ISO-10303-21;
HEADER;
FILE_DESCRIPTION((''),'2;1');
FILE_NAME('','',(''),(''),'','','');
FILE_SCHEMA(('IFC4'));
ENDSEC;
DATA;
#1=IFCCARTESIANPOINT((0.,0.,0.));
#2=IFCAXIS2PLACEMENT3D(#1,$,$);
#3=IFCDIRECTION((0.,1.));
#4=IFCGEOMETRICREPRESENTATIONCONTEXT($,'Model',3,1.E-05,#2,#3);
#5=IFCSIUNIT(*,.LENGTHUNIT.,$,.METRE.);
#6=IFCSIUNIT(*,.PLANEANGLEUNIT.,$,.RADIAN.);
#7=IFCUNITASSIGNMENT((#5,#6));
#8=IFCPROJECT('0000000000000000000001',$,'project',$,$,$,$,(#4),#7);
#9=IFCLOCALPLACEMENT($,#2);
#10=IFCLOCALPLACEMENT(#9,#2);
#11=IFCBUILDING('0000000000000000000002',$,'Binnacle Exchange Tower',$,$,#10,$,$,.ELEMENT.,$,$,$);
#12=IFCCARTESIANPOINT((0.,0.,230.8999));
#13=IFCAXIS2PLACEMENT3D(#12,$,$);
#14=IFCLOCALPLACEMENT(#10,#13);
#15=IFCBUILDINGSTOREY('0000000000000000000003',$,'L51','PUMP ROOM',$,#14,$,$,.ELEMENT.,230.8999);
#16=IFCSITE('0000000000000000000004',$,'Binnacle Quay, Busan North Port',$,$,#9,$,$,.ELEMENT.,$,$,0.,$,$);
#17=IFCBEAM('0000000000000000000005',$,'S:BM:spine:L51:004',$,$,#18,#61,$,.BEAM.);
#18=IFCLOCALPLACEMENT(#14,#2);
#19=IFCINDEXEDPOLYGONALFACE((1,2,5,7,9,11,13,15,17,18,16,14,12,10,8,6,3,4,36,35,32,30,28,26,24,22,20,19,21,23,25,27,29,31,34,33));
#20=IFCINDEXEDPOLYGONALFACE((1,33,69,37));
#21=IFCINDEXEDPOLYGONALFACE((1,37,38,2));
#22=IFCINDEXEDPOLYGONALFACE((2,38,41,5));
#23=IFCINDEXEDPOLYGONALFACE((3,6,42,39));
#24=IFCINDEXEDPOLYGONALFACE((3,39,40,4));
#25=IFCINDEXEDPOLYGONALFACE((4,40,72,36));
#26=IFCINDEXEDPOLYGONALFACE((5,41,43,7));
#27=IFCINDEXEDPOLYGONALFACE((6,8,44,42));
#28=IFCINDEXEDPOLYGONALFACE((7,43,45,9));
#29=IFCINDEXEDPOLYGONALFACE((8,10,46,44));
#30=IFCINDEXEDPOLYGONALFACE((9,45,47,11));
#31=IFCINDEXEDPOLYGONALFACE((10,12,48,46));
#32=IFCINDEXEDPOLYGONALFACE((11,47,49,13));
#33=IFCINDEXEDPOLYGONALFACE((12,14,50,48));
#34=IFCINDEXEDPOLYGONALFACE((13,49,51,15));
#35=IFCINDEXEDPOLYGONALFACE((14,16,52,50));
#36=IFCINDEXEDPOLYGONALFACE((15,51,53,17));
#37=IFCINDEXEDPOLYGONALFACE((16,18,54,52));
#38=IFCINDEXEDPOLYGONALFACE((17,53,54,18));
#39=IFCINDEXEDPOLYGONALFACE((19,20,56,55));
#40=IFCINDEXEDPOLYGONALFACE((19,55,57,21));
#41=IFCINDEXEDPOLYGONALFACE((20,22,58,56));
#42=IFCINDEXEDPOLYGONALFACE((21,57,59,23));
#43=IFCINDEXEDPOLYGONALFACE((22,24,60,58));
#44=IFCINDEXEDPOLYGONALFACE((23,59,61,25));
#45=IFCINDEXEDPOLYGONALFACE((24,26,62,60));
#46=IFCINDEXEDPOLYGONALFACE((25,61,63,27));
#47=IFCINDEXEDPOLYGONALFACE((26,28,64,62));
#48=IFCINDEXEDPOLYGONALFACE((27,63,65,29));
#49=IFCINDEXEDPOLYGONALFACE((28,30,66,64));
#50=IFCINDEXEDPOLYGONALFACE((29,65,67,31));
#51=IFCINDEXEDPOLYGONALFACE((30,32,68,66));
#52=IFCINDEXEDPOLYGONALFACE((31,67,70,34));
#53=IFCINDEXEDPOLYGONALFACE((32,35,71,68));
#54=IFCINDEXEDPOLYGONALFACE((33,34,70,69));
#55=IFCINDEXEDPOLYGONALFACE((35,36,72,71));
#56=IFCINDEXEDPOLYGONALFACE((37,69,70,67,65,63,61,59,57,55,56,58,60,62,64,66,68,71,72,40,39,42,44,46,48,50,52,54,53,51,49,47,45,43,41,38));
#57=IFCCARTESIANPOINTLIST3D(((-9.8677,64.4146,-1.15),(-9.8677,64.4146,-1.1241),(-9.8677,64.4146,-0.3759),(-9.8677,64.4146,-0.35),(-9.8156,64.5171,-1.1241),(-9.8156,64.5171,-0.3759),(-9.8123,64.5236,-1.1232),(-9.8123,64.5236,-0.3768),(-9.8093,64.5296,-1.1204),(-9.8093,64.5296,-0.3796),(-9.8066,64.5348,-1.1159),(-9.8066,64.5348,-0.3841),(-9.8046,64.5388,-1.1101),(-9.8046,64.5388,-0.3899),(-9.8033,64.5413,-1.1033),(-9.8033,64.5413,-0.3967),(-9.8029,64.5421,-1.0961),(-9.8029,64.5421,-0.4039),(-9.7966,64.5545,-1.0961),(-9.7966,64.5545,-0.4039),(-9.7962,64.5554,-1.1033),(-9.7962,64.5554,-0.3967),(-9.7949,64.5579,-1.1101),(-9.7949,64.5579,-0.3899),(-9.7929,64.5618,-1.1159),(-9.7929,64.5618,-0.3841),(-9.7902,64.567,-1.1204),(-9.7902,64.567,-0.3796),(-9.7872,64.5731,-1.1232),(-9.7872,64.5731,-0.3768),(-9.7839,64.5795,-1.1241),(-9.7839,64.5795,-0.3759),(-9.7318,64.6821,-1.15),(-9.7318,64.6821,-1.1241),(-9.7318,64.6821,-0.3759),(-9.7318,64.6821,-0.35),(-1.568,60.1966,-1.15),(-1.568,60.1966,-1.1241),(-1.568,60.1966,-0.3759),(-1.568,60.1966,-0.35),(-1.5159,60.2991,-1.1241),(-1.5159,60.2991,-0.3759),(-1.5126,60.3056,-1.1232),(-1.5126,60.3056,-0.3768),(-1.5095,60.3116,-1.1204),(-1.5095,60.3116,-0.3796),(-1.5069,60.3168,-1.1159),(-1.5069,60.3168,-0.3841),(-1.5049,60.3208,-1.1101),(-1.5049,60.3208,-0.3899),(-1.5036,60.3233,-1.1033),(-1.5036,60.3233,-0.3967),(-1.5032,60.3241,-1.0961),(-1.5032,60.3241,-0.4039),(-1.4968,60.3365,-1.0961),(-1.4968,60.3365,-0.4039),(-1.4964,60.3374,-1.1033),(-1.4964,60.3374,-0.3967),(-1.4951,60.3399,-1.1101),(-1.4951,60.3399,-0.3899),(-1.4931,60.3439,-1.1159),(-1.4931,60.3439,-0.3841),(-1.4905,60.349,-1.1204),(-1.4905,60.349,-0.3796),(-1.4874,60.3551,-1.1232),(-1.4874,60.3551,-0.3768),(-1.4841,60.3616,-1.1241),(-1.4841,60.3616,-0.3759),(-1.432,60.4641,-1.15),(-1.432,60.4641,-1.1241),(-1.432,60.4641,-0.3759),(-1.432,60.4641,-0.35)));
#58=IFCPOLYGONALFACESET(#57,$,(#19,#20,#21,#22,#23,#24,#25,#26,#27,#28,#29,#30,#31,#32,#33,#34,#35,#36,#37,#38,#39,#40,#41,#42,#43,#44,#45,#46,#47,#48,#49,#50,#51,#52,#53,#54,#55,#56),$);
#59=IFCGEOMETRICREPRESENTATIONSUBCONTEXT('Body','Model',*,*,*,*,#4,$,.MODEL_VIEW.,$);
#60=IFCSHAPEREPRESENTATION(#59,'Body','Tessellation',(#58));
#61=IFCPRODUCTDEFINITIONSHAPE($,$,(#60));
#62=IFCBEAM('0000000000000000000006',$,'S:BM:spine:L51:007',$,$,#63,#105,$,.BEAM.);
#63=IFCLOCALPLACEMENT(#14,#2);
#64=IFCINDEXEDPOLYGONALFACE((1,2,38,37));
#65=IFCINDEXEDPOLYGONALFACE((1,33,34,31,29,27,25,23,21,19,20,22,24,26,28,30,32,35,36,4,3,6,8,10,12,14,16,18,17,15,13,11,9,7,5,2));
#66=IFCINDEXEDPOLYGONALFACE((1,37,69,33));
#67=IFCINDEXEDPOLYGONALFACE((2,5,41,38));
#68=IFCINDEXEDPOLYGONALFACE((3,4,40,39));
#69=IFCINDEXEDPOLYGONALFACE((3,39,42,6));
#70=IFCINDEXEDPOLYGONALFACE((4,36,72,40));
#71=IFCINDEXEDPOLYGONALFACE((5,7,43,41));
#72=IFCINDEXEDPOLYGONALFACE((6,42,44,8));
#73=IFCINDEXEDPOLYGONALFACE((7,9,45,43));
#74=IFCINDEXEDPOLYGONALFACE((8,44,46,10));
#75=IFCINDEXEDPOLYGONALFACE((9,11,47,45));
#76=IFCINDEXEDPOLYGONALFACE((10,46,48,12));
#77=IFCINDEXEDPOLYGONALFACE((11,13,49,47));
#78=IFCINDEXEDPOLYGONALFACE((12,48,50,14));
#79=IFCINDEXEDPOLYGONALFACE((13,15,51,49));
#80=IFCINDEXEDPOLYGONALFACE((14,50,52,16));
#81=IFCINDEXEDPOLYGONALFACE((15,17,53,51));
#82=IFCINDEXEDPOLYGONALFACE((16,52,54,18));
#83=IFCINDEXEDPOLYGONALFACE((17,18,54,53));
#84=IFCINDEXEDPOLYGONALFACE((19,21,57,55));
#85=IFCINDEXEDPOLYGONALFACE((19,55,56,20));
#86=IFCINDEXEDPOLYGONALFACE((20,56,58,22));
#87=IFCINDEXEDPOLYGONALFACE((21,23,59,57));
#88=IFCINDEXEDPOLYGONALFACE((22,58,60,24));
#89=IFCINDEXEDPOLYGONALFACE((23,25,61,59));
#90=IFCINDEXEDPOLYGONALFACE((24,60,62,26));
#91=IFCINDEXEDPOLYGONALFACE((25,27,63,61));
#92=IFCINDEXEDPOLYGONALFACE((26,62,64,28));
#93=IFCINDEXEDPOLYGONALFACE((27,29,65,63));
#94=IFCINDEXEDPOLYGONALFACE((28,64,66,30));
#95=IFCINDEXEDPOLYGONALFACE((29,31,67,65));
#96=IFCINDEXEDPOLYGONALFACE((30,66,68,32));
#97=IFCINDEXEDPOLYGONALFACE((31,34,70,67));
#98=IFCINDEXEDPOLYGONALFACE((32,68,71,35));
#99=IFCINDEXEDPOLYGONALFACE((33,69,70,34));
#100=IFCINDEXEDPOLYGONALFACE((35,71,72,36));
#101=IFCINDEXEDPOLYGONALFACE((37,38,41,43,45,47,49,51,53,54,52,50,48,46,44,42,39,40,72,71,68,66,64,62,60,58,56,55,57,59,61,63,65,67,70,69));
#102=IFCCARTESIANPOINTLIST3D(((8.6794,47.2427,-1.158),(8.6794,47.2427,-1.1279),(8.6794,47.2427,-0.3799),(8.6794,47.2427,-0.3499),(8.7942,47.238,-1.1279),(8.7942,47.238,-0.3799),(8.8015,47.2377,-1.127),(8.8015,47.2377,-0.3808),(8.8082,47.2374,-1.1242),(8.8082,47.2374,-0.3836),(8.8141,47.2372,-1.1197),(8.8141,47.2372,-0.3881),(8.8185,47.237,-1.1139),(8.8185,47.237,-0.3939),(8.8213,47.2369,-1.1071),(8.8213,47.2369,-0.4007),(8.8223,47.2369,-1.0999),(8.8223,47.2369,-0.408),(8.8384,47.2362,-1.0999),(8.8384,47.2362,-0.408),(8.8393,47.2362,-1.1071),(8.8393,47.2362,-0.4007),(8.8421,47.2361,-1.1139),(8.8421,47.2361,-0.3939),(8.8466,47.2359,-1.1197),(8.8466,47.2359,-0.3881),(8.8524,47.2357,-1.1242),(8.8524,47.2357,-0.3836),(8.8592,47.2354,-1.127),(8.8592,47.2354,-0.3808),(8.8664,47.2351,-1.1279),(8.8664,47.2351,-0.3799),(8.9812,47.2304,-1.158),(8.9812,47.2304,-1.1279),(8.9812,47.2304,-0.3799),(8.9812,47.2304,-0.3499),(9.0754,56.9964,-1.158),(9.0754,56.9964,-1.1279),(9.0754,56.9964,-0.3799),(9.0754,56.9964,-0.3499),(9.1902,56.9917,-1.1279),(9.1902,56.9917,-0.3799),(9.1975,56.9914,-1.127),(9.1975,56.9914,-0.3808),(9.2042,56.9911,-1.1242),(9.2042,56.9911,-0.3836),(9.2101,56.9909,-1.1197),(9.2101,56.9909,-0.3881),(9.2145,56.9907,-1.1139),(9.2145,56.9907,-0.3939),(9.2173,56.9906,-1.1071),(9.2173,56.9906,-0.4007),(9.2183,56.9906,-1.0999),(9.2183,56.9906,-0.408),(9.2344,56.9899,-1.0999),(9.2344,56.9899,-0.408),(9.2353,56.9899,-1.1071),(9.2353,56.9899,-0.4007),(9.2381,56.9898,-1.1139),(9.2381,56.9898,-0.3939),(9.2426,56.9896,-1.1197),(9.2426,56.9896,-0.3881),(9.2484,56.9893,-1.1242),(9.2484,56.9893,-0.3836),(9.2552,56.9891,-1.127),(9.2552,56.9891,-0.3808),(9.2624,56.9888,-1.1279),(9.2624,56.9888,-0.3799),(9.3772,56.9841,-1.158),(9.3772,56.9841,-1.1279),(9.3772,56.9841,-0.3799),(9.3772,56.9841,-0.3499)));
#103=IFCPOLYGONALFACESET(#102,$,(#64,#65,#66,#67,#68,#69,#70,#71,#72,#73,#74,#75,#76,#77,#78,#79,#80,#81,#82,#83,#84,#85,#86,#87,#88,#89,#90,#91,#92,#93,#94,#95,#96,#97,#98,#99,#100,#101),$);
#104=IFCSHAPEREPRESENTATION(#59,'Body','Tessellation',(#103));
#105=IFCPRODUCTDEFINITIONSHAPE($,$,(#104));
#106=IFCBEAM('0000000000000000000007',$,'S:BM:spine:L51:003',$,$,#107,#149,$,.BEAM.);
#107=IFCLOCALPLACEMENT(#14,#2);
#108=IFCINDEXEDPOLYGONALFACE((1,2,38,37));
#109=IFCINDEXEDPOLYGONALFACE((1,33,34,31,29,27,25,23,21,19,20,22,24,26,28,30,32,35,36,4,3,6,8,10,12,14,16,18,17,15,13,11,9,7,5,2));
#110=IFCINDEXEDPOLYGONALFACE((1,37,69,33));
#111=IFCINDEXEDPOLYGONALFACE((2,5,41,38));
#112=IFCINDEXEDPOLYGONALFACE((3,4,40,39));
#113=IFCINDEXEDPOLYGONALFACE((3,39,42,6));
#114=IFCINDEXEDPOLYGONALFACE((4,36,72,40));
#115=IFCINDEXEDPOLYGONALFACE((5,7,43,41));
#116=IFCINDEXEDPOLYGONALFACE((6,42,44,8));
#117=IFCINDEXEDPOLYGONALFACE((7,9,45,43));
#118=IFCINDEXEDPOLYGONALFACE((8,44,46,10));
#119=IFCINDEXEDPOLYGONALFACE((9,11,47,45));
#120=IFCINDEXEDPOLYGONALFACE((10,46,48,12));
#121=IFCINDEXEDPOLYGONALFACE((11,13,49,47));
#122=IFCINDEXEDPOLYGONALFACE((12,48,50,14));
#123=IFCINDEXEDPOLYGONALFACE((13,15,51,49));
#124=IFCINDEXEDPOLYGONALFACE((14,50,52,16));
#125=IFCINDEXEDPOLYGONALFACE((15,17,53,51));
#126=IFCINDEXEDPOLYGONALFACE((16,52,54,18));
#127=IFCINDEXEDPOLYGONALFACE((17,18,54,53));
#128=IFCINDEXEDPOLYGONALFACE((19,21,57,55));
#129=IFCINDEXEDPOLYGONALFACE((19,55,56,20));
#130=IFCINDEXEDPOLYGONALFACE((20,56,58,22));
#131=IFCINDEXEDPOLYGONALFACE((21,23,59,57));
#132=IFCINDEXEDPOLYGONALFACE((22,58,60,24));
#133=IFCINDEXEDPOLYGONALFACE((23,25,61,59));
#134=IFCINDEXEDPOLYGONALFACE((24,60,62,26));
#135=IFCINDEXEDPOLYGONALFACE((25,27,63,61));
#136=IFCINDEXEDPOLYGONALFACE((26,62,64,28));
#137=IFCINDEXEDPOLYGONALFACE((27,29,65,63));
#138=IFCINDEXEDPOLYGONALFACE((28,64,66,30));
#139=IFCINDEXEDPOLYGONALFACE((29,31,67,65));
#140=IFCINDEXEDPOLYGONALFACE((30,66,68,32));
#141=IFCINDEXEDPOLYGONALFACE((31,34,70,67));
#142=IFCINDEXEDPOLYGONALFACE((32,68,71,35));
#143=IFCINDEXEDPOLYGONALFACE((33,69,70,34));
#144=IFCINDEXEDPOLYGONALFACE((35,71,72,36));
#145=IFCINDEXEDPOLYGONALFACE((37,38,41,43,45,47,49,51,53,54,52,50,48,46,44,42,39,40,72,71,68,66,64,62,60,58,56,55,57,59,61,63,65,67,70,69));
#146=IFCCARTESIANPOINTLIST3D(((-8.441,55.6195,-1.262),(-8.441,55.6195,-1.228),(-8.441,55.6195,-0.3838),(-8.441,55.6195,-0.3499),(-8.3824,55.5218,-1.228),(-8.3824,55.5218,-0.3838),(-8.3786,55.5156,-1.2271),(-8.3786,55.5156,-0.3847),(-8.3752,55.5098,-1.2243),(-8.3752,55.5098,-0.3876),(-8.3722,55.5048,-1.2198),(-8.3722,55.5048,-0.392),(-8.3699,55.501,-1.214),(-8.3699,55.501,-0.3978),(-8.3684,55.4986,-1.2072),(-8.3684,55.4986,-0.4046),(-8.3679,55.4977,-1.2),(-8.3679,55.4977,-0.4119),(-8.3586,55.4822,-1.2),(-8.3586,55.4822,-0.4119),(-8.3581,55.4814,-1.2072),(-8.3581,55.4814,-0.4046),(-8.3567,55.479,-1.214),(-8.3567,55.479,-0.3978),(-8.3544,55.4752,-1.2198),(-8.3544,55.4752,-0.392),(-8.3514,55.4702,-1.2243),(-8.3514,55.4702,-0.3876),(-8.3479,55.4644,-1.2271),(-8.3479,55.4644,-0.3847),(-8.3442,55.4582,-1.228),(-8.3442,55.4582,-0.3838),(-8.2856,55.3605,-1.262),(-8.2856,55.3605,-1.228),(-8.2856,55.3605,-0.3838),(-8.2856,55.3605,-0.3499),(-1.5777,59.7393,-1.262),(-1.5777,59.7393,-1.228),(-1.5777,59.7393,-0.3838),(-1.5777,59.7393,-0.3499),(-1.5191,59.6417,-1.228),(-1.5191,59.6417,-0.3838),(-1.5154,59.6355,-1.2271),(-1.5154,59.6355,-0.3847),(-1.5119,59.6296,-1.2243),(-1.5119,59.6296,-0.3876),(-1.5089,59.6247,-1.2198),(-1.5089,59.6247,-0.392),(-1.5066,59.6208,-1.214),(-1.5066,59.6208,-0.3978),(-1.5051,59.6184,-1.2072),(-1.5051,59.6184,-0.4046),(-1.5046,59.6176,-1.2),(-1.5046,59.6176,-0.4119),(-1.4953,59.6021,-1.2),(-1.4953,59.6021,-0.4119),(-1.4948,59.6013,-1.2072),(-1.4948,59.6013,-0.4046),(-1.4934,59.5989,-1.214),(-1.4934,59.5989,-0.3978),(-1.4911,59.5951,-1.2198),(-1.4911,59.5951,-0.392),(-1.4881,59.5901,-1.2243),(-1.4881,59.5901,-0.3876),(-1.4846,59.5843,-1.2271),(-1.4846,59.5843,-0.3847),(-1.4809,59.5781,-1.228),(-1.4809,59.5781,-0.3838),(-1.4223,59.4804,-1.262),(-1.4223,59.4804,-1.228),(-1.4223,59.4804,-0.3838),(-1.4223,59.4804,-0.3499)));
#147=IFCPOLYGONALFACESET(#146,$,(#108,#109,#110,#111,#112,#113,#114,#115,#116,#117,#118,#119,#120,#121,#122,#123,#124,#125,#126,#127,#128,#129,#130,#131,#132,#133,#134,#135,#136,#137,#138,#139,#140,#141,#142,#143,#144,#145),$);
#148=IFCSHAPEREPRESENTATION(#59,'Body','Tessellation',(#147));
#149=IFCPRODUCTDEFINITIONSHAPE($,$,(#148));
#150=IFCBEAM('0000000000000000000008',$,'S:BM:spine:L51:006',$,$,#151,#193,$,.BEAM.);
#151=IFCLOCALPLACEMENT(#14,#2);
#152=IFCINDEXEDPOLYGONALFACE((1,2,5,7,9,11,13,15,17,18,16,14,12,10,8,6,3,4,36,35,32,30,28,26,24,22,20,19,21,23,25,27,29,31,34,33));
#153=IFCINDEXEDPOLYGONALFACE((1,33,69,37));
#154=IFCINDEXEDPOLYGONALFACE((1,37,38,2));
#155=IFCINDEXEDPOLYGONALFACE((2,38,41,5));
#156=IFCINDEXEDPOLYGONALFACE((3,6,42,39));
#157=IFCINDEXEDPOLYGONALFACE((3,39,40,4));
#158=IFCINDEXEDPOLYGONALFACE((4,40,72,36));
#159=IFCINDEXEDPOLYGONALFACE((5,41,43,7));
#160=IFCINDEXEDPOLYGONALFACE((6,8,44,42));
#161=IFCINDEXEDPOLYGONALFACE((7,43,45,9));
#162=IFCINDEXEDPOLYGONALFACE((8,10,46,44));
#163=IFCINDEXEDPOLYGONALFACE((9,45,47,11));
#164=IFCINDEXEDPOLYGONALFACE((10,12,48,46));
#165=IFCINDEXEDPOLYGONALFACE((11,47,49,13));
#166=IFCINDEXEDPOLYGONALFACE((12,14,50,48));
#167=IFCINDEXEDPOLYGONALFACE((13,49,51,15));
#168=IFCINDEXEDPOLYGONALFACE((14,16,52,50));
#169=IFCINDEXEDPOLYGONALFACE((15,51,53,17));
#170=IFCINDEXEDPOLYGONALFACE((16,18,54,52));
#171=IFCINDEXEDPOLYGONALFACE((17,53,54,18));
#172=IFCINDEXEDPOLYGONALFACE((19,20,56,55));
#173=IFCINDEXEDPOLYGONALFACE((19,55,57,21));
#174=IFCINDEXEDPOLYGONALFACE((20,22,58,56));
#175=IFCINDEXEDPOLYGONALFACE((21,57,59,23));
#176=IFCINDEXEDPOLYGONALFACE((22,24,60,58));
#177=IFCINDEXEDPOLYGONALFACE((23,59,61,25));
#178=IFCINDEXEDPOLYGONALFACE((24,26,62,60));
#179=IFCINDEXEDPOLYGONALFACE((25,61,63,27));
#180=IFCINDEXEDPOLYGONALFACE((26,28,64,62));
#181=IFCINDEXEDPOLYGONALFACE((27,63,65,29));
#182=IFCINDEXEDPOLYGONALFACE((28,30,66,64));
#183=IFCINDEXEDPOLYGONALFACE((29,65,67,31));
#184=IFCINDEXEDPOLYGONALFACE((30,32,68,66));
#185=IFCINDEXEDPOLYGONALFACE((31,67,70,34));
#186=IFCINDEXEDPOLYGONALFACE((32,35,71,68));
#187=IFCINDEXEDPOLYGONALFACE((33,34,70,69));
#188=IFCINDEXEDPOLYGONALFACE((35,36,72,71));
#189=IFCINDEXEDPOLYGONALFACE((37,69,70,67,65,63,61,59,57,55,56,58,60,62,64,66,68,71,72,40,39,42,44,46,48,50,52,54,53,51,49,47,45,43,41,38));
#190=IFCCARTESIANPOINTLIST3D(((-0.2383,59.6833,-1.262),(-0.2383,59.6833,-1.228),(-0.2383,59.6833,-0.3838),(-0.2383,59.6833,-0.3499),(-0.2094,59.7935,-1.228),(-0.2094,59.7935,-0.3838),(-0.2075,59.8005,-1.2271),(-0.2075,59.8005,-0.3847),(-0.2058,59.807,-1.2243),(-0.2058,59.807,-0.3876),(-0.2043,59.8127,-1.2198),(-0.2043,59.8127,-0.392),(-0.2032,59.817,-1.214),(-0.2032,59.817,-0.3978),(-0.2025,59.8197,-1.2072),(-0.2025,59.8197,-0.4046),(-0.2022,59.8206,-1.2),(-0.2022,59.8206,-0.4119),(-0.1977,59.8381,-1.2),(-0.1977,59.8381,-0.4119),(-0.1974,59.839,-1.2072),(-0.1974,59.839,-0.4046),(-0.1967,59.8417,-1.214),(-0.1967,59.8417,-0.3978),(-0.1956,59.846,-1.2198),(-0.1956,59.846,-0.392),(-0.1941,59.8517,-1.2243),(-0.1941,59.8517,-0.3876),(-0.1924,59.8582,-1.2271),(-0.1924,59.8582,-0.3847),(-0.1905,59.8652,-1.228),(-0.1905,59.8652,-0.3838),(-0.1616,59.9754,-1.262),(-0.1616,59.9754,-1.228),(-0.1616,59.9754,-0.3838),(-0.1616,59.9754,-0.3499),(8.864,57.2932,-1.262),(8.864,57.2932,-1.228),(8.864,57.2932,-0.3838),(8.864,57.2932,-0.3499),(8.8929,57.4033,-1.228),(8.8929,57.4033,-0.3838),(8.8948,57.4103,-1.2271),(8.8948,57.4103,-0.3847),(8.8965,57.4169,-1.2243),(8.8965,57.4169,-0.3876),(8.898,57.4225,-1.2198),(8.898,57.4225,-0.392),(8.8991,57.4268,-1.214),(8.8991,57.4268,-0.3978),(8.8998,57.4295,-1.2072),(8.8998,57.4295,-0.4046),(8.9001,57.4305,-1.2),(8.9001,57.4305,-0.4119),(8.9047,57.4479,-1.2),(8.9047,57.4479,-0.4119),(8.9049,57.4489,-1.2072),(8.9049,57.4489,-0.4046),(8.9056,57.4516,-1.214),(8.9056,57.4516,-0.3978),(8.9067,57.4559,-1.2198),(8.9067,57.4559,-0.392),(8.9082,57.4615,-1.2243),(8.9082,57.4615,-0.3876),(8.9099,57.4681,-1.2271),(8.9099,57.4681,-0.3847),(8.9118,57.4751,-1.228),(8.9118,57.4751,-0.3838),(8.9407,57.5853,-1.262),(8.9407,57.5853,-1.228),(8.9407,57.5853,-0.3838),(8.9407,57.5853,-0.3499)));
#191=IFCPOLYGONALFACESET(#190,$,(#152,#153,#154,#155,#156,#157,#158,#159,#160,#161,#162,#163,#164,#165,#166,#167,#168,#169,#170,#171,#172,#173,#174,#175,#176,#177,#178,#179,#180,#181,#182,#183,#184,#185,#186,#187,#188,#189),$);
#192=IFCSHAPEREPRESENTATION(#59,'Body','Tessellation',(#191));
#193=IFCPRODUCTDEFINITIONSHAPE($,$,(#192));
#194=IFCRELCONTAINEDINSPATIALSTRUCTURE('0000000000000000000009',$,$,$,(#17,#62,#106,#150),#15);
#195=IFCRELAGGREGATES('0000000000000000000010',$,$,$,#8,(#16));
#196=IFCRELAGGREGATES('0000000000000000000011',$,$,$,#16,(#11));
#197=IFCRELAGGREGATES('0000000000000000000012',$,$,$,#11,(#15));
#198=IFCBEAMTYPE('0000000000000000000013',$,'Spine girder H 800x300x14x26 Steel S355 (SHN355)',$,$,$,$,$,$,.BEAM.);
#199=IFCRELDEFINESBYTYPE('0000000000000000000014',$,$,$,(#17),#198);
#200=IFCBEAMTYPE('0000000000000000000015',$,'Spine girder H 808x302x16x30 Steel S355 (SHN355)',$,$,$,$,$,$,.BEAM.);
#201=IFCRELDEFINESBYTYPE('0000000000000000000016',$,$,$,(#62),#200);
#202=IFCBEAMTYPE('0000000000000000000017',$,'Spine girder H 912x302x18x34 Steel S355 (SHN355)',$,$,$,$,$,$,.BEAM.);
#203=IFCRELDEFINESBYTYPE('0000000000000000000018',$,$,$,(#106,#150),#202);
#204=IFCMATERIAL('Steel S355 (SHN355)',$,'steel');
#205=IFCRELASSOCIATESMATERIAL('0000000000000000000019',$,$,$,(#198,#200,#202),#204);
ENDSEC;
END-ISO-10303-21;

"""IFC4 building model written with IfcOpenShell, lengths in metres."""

from ifc_helpers import new_model, si_unit, direction, frame, origin, origin_2d, place, context, subcontext, project, spatial, i_section, extrude, material, material_profile, profile_set, type_object, element, save


model = new_model("IFC4")

# Units and contexts
model_context = context("Model", 3, precision=1e-05, world=origin(), true_north=direction((0.0, 1.0)))
body_context = subcontext(model_context, "Body", "Model", "MODEL_VIEW")
ifc_project = project(units=[si_unit("LENGTHUNIT", "METRE"), si_unit("PLANEANGLEUNIT", "RADIAN")], contexts=[model_context])

# Site, building, storey
site_placement = place(None, origin())
site = spatial("IfcSite", under=ifc_project, at=site_placement, Name="Binnacle Quay, Busan North Port", CompositionType="ELEMENT", RefElevation=0.0)
building_placement = place(site_placement, origin())
building = spatial("IfcBuilding", under=site, at=building_placement, Name="Binnacle Exchange Tower", CompositionType="ELEMENT")
storey_placement = place(building_placement, frame((0.0, 0.0, 230.8999)))
storey = spatial("IfcBuildingStorey", under=building, at=storey_placement, Name="L51", Description="PUMP ROOM", CompositionType="ELEMENT", Elevation=230.8999)

# Beams
ifc_material_1 = material(Name="Steel S355 (SHN355)", Category="steel")
ifc_material_profile_1 = material_profile(ifc_material_1, i_section(OverallWidth=0.3, OverallDepth=0.8, WebThickness=0.0139, FlangeThickness=0.0259, FilletRadius=0.0281, at=origin_2d()), Name="H 800x300x14x26")
ifc_profile_set_1 = profile_set([ifc_material_profile_1], Name="Steel S355 (SHN355)")
beam_type_1 = type_object("IfcBeamType", Name="Spine girder H 800x300x14x26 Steel S355 (SHN355)", PredefinedType="BEAM", material=ifc_profile_set_1)
beam_1_placement = place(storey_placement, frame((-1.5, 60.3303, -0.75), z_axis=(-0.891482, 0.453057, 0.0), x_axis=(-0.453057, -0.891482, 0.0)))
element("IfcBeam", 1, at=beam_1_placement, inside=storey, type_object=beam_type_1, Name="S:BM:spine:L51:004", PredefinedType="BEAM", context=body_context, shape_type="SweptSolid", body=[
    extrude(i_section(OverallWidth=0.3, OverallDepth=0.8, WebThickness=0.0139, FlangeThickness=0.0259, FilletRadius=0.0281, at=origin_2d()), origin(), (0.0, 0.0, 1.0), 9.3101),
])
ifc_material_profile_2 = material_profile(ifc_material_1, i_section(OverallWidth=0.302, OverallDepth=0.8081, WebThickness=0.0161, FlangeThickness=0.03, FilletRadius=0.0281, at=origin_2d()), Name="H 808x302x16x30")
ifc_profile_set_2 = profile_set([ifc_material_profile_2], Name="Steel S355 (SHN355)")
beam_type_2 = type_object("IfcBeamType", Name="Spine girder H 808x302x16x30 Steel S355 (SHN355)", PredefinedType="BEAM", material=ifc_profile_set_2)
beam_2_placement = place(storey_placement, frame((9.2263, 56.9902, -0.7539), z_axis=(-0.040566, -0.999177, 0.0), x_axis=(0.999177, -0.040566, 0.0)))
element("IfcBeam", 2, at=beam_2_placement, inside=storey, type_object=beam_type_2, Name="S:BM:spine:L51:007", PredefinedType="BEAM", context=body_context, shape_type="SweptSolid", body=[
    extrude(i_section(OverallWidth=0.302, OverallDepth=0.8081, WebThickness=0.0161, FlangeThickness=0.03, FilletRadius=0.0281, at=origin_2d()), origin(), (0.0, 0.0, 1.0), 9.7617),
])
ifc_material_profile_3 = material_profile(ifc_material_1, i_section(OverallWidth=0.302, OverallDepth=0.9121, WebThickness=0.0181, FlangeThickness=0.0339, FilletRadius=0.0281, at=origin_2d()), Name="H 912x302x18x34")
ifc_profile_set_3 = profile_set([ifc_material_profile_3], Name="Steel S355 (SHN355)")
beam_type_3 = type_object("IfcBeamType", Name="Spine girder H 912x302x18x34 Steel S355 (SHN355)", PredefinedType="BEAM", material=ifc_profile_set_3)
beam_3_placement = place(storey_placement, frame((-8.3633, 55.49, -0.8059), z_axis=(0.857388, 0.514671, 0.0), x_axis=(-0.514671, 0.857388, 0.0)))
element("IfcBeam", 3, at=beam_3_placement, inside=storey, type_object=beam_type_3, Name="S:BM:spine:L51:003", PredefinedType="BEAM", context=body_context, shape_type="SweptSolid", body=[
    extrude(i_section(OverallWidth=0.302, OverallDepth=0.9121, WebThickness=0.0181, FlangeThickness=0.0339, FilletRadius=0.0281, at=origin_2d()), origin(), (0.0, 0.0, 1.0), 8.0049),
])
beam_4_placement = place(storey_placement, frame((-0.2, 59.8293, -0.8059), z_axis=(0.96721, -0.253976, 0.0), x_axis=(0.253976, 0.96721, 0.0)))
element("IfcBeam", 4, at=beam_4_placement, inside=storey, type_object=beam_type_3, Name="S:BM:spine:L51:006", PredefinedType="BEAM", context=body_context, shape_type="SweptSolid", body=[
    extrude(i_section(OverallWidth=0.302, OverallDepth=0.9121, WebThickness=0.0181, FlangeThickness=0.0339, FilletRadius=0.0281, at=origin_2d()), origin(), (0.0, 0.0, 1.0), 9.4109),
])

save(model, "model.ifc")
